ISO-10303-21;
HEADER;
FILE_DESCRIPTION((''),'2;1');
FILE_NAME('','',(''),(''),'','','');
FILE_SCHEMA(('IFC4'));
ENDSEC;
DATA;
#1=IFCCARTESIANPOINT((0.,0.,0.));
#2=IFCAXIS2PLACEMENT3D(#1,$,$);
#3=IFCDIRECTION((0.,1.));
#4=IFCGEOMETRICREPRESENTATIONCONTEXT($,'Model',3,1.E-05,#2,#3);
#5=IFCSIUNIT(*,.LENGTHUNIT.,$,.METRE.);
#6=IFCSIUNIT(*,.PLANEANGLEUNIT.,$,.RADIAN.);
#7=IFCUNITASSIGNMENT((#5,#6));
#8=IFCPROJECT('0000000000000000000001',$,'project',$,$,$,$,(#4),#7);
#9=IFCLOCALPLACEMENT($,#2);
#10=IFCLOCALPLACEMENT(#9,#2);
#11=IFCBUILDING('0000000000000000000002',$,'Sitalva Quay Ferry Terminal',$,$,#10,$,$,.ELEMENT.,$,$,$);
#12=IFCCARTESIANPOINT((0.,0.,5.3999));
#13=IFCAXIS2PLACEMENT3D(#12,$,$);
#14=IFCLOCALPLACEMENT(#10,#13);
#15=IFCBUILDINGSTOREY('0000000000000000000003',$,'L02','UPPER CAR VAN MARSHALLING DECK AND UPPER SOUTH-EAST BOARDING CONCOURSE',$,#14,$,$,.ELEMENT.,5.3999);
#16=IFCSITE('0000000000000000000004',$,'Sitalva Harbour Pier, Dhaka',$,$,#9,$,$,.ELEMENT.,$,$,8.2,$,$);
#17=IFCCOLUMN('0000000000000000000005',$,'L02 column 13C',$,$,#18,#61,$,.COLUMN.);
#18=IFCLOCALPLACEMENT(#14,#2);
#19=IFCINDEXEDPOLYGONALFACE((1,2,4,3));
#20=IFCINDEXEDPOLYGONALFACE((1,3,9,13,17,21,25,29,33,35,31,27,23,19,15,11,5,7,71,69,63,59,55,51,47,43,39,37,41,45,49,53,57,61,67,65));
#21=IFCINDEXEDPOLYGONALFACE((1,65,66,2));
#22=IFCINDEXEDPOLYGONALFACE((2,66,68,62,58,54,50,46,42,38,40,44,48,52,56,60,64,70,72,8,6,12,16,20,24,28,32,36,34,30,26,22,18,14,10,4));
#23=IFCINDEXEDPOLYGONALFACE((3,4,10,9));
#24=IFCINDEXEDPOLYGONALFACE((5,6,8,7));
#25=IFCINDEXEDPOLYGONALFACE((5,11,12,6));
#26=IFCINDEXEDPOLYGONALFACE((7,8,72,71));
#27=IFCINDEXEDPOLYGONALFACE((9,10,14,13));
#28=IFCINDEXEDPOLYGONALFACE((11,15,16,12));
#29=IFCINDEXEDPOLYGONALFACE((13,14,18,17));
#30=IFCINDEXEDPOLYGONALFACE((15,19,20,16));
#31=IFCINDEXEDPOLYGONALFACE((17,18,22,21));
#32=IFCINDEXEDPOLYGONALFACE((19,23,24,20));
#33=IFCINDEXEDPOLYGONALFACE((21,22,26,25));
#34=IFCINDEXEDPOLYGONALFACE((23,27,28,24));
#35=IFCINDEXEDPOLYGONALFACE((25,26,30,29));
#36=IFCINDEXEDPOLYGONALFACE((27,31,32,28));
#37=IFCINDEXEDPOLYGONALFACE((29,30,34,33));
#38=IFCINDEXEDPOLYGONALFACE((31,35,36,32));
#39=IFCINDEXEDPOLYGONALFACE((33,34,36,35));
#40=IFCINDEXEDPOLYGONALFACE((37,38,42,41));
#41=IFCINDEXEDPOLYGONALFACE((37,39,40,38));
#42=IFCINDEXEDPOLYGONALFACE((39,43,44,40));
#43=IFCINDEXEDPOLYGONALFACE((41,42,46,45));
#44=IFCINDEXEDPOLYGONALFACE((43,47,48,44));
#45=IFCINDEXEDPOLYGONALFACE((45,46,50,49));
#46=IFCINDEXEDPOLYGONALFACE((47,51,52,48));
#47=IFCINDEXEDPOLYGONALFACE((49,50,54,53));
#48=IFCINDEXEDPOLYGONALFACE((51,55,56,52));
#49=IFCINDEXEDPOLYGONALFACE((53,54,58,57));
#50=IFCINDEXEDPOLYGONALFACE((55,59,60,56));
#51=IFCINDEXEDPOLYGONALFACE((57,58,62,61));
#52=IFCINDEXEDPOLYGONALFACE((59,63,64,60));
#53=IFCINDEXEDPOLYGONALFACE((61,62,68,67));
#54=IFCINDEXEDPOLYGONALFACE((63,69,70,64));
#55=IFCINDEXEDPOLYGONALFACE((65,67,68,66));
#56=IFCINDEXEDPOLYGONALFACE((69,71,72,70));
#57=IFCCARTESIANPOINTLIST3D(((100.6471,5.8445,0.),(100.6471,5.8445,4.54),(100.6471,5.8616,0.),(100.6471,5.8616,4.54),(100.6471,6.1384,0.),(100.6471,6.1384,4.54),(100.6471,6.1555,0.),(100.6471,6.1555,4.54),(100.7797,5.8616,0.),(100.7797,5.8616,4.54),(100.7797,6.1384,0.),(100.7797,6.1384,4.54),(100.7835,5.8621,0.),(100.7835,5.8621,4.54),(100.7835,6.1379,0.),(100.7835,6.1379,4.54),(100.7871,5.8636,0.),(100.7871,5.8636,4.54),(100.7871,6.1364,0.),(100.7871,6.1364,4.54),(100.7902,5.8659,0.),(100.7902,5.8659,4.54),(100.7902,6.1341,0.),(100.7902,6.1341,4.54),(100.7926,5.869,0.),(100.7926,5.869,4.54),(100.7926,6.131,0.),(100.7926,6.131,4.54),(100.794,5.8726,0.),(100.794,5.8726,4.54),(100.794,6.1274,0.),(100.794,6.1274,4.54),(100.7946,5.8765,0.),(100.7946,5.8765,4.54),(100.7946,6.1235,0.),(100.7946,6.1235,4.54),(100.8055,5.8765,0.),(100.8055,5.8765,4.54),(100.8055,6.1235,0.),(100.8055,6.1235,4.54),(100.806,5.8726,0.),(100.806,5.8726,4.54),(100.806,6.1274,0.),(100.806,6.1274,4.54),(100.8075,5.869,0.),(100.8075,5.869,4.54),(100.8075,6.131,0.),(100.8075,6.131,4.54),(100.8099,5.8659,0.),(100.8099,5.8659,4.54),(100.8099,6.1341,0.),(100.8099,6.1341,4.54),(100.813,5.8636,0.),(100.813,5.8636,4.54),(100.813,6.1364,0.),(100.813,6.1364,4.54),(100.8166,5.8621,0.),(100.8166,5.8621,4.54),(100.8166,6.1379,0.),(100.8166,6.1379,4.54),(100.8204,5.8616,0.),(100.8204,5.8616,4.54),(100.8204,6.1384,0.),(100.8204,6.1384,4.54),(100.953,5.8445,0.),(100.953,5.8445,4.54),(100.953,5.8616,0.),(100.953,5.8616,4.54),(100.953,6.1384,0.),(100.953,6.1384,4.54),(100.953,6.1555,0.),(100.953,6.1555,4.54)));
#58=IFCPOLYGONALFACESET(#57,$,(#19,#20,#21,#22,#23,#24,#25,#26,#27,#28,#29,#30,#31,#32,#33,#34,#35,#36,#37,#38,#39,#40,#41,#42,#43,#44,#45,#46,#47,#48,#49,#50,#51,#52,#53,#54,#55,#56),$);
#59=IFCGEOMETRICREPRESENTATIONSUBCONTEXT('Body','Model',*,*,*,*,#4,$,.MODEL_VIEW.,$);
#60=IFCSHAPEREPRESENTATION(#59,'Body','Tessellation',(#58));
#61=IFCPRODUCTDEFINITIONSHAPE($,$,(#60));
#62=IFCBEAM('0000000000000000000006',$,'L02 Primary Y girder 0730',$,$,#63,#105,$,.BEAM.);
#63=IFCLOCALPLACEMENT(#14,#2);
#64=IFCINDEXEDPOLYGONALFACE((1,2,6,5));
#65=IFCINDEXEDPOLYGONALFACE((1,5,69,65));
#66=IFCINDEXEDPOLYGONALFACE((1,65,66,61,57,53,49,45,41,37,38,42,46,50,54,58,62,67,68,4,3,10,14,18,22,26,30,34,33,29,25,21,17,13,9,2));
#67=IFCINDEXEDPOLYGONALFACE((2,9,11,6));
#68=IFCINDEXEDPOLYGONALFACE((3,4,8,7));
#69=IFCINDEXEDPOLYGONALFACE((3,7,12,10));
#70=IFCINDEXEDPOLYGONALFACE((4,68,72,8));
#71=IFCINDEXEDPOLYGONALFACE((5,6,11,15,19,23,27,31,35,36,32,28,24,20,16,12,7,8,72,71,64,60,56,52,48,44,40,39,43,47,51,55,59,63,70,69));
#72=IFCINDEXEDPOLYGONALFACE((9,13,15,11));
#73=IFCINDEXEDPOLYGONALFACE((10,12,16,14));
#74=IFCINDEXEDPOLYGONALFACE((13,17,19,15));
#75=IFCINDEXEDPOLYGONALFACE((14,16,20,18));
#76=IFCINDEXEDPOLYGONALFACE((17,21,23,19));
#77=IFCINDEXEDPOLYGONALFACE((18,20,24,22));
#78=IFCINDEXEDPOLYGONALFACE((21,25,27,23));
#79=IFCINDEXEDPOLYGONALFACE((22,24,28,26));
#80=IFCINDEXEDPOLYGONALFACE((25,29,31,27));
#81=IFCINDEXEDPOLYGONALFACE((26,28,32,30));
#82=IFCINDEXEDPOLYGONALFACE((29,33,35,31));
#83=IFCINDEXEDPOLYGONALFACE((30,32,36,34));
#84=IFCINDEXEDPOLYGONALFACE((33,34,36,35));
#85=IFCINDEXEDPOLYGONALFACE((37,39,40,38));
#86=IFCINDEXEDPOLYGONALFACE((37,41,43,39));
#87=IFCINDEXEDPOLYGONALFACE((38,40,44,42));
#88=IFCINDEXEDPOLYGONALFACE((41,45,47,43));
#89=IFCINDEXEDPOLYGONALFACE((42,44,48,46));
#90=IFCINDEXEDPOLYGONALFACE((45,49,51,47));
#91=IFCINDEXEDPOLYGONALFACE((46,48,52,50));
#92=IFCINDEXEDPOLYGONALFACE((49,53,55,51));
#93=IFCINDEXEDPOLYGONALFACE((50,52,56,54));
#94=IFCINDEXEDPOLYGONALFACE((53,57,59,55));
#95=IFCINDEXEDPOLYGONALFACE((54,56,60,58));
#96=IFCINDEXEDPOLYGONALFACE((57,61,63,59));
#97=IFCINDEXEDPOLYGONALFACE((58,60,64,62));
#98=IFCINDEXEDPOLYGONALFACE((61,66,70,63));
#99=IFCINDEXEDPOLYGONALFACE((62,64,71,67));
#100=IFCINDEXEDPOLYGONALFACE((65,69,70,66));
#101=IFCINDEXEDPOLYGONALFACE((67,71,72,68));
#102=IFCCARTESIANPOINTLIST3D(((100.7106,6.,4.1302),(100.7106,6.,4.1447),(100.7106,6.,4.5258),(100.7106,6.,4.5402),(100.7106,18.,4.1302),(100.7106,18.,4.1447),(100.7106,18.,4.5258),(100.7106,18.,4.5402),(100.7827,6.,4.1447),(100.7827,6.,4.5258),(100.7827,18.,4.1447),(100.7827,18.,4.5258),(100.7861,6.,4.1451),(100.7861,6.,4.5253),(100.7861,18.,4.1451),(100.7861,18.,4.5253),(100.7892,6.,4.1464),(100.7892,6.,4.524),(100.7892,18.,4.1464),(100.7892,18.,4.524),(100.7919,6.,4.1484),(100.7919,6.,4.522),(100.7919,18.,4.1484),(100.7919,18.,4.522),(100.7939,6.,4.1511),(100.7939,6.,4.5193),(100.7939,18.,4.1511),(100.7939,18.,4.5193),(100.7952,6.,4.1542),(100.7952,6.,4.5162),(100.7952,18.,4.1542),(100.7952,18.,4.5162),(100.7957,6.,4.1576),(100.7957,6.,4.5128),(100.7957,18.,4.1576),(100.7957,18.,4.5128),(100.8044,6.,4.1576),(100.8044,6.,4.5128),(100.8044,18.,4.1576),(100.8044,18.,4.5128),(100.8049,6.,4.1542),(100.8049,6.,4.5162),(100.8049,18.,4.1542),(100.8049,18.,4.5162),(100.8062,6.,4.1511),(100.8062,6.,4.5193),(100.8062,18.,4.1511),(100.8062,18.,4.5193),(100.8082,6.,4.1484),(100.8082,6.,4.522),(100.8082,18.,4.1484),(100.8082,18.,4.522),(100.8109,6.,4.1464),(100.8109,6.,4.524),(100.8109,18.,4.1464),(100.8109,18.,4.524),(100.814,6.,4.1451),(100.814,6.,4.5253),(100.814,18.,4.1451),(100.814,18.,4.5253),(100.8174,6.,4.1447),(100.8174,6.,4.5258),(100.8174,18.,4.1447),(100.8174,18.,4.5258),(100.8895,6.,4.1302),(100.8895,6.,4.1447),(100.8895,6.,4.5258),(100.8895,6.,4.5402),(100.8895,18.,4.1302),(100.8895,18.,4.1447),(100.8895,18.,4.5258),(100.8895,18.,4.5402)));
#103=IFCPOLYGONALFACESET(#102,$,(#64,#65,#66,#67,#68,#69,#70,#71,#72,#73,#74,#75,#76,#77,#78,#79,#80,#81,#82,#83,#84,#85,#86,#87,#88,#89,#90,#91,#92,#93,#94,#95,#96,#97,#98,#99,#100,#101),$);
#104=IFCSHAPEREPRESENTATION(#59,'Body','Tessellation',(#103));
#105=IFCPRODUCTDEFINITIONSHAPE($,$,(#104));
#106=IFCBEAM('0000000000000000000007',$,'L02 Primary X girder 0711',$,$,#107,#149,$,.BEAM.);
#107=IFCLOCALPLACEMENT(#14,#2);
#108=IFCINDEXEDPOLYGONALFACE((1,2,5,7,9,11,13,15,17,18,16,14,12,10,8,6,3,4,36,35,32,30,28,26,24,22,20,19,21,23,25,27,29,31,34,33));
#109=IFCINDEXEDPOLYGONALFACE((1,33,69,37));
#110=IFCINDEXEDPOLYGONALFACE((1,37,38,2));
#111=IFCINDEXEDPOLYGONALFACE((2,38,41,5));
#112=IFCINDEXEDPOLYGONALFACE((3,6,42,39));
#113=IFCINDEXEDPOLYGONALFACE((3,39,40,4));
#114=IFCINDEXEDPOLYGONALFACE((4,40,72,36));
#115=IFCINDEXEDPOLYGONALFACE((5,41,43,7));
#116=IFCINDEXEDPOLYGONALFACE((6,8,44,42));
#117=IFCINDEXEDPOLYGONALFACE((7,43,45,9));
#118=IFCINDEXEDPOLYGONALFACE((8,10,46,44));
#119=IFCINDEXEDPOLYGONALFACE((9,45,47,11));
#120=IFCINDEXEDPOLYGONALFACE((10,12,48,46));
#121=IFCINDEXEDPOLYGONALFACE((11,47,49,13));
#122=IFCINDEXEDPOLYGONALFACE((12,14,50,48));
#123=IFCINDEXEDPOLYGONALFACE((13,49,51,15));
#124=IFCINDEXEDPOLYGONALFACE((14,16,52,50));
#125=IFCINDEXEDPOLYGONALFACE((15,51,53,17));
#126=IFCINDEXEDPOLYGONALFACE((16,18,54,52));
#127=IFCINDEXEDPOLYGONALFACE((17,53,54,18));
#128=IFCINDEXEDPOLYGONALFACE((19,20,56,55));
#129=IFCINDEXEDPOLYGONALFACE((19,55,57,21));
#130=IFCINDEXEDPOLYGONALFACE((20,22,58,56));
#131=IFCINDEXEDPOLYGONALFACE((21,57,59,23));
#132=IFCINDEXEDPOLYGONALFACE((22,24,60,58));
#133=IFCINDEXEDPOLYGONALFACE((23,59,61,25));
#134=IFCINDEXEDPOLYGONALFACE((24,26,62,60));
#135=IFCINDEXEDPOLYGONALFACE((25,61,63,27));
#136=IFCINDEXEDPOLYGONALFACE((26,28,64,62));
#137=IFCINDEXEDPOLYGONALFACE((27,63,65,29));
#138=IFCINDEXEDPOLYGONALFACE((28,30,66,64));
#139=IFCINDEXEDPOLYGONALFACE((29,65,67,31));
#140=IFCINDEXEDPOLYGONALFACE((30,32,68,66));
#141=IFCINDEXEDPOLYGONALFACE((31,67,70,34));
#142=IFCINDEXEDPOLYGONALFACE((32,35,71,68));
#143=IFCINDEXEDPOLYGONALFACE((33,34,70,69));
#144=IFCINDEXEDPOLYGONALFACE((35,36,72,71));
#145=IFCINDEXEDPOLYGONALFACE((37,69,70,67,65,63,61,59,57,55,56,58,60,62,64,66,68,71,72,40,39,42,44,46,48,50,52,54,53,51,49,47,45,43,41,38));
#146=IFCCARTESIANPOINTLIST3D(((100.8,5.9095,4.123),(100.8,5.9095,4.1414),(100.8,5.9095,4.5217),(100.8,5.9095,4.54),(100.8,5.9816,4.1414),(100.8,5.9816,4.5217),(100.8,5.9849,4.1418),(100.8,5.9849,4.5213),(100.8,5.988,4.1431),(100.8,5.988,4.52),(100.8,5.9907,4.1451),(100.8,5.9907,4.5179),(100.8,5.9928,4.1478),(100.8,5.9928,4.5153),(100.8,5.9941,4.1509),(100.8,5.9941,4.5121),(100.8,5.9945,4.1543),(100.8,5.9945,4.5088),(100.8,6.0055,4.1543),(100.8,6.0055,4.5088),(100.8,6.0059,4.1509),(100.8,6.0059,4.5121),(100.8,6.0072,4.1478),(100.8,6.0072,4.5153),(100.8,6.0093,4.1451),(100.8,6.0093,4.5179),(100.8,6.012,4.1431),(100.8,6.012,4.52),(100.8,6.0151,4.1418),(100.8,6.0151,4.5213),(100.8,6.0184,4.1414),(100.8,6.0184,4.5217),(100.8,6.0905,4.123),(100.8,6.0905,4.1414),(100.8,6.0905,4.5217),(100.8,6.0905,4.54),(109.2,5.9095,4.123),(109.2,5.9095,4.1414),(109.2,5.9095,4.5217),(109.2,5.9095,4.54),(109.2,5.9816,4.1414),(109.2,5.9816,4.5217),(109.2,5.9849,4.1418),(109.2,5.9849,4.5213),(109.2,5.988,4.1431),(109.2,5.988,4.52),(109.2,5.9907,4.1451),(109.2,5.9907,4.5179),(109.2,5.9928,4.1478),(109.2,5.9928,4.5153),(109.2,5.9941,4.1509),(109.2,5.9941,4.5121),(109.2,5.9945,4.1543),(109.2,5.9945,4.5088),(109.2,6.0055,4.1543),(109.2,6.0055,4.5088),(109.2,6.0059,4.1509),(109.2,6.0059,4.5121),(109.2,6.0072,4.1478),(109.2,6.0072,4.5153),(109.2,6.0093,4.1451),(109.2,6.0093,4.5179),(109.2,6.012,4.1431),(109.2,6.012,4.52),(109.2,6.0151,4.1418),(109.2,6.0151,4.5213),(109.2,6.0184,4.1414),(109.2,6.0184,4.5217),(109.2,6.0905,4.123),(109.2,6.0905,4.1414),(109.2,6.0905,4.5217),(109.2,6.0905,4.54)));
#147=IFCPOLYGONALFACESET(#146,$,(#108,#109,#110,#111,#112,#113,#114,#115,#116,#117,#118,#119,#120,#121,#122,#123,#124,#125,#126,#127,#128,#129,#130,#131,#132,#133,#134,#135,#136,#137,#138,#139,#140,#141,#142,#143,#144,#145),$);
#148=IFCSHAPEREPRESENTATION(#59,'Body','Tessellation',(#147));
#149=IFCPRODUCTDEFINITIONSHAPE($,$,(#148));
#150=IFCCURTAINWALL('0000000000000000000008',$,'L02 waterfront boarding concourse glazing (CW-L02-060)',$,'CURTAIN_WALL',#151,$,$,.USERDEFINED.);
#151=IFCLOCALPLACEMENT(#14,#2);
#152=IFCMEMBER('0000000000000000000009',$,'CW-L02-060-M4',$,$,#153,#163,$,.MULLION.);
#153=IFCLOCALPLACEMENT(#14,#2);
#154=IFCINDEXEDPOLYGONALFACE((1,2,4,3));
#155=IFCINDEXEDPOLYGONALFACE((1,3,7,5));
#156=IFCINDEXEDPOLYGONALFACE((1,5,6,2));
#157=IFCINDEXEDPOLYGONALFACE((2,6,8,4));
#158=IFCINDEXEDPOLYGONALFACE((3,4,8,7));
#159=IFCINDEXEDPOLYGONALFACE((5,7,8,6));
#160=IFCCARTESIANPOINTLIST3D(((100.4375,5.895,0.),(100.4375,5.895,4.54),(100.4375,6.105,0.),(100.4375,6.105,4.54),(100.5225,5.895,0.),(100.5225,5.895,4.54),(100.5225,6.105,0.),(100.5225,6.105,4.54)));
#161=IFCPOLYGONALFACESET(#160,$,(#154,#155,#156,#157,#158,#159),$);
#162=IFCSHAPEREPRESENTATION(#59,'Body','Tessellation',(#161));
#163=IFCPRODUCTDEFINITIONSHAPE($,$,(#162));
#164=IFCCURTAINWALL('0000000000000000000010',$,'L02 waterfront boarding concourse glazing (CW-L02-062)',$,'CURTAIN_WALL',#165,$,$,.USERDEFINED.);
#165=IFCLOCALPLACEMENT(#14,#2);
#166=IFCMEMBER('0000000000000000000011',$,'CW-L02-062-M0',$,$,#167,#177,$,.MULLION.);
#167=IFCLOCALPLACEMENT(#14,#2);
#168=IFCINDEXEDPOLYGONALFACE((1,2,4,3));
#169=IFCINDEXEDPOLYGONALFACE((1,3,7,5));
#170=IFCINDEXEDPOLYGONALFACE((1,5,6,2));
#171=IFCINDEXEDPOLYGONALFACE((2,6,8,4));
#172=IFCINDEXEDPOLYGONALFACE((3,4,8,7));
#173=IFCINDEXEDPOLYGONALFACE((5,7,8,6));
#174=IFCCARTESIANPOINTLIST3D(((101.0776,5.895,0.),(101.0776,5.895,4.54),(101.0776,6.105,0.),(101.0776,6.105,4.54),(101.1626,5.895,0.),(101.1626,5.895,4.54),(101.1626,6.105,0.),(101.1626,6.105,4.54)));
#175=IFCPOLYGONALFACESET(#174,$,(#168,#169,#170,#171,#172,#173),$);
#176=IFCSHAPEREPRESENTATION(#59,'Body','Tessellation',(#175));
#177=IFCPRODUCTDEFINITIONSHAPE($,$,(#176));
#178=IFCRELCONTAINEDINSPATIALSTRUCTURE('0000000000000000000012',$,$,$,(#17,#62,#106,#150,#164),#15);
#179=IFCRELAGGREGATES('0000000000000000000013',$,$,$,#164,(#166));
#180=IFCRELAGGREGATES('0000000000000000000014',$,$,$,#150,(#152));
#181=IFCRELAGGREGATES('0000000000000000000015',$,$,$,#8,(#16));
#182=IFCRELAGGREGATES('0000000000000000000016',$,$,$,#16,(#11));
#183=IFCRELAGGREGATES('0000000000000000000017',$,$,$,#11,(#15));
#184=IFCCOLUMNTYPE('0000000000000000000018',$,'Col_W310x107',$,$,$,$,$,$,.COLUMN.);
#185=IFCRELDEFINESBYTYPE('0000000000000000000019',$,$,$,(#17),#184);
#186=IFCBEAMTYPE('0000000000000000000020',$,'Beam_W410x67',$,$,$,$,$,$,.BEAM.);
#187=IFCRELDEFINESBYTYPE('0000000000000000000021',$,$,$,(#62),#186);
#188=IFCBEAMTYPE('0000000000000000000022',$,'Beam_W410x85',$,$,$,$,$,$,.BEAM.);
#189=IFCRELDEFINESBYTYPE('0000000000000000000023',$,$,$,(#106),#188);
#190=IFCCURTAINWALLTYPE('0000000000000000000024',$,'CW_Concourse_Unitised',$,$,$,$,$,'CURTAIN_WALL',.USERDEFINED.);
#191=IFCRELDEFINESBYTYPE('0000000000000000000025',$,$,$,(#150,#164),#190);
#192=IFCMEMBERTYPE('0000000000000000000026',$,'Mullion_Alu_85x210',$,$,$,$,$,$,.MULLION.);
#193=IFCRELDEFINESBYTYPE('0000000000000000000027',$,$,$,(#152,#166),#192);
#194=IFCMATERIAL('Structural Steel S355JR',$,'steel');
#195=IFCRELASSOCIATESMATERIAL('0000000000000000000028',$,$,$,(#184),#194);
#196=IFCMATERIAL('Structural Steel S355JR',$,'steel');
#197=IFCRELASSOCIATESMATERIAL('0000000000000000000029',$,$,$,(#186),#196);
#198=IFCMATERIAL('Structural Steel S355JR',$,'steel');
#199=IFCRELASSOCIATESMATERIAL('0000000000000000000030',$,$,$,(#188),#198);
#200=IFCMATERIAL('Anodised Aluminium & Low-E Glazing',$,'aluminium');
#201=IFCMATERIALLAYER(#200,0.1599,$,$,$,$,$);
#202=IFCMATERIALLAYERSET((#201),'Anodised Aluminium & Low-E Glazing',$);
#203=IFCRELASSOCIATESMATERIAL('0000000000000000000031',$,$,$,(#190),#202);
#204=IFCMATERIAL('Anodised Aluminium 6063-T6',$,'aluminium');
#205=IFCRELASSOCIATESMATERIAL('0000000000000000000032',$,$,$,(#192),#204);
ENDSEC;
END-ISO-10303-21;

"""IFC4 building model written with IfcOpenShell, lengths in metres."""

from ifc_helpers import new_model, si_unit, direction, frame, origin, origin_2d, place, context, subcontext, project, spatial, rectangle, i_section, extrude, material, layer, layer_set, material_profile, profile_set, type_object, element, aggregate, save


model = new_model("IFC4")

# Units and contexts
model_context = context("Model", 3, precision=1e-05, world=origin(), true_north=direction((0.0, 1.0)))
body_context = subcontext(model_context, "Body", "Model", "MODEL_VIEW")
ifc_project = project(units=[si_unit("LENGTHUNIT", "METRE"), si_unit("PLANEANGLEUNIT", "RADIAN")], contexts=[model_context])

# Site, building, storey
site_placement = place(None, origin())
site = spatial("IfcSite", under=ifc_project, at=site_placement, Name="Sitalva Harbour Pier, Dhaka", CompositionType="ELEMENT", RefElevation=8.2)
building_placement = place(site_placement, origin())
building = spatial("IfcBuilding", under=site, at=building_placement, Name="Sitalva Quay Ferry Terminal", CompositionType="ELEMENT")
storey_placement = place(building_placement, frame((0.0, 0.0, 5.3999)))
storey = spatial("IfcBuildingStorey", under=building, at=storey_placement, Name="L02", Description="UPPER CAR VAN MARSHALLING DECK AND UPPER SOUTH-EAST BOARDING CONCOURSE", CompositionType="ELEMENT", Elevation=5.3999)

# Column
ifc_material_1 = material(Name="Structural Steel S355JR", Category="steel")
ifc_material_profile_1 = material_profile(ifc_material_1, i_section(OverallWidth=0.3059, OverallDepth=0.311, WebThickness=0.011, FlangeThickness=0.0171, FilletRadius=0.0149, at=origin_2d()), Name="W310x107")
ifc_profile_set_1 = profile_set([ifc_material_profile_1], Name="Structural Steel S355JR")
column_type = type_object("IfcColumnType", Name="Col_W310x107", PredefinedType="COLUMN", material=ifc_profile_set_1)
column_placement = place(storey_placement, frame((100.8, 6.0, 0.0), z_axis=(0.0, 0.0, 1.0), x_axis=(1.0, 0.0, 0.0)))
element("IfcColumn", 1, at=column_placement, inside=storey, type_object=column_type, Name="L02 column 13C", PredefinedType="COLUMN", context=body_context, shape_type="SweptSolid", body=[
    extrude(i_section(OverallWidth=0.3059, OverallDepth=0.311, WebThickness=0.011, FlangeThickness=0.0171, FilletRadius=0.0149, at=origin_2d()), origin(), (0.0, 0.0, 1.0), 4.54),
])

# Beams
ifc_material_2 = material(Name="Structural Steel S355JR", Category="steel")
ifc_material_profile_2 = material_profile(ifc_material_2, i_section(OverallWidth=0.179, OverallDepth=0.4099, WebThickness=0.0088, FlangeThickness=0.0144, FilletRadius=0.0129, at=origin_2d()), Name="W410x67")
ifc_profile_set_2 = profile_set([ifc_material_profile_2], Name="Structural Steel S355JR")
beam_type_1 = type_object("IfcBeamType", Name="Beam_W410x67", PredefinedType="BEAM", material=ifc_profile_set_2)
beam_1_placement = place(storey_placement, frame((100.8, 6.0, 4.3352), z_axis=(0.0, 1.0, 0.0), x_axis=(-1.0, 0.0, 0.0)))
element("IfcBeam", 2, at=beam_1_placement, inside=storey, type_object=beam_type_1, Name="L02 Primary Y girder 0730", PredefinedType="BEAM", context=body_context, shape_type="SweptSolid", body=[
    extrude(i_section(OverallWidth=0.179, OverallDepth=0.4099, WebThickness=0.0088, FlangeThickness=0.0144, FilletRadius=0.0129, at=origin_2d()), origin(), (0.0, 0.0, 1.0), 12.0),
])
ifc_material_3 = material(Name="Structural Steel S355JR", Category="steel")
ifc_material_profile_3 = material_profile(ifc_material_3, i_section(OverallWidth=0.1809, OverallDepth=0.417, WebThickness=0.011, FlangeThickness=0.0183, FilletRadius=0.0129, at=origin_2d()), Name="W410x85")
ifc_profile_set_3 = profile_set([ifc_material_profile_3], Name="Structural Steel S355JR")
beam_type_2 = type_object("IfcBeamType", Name="Beam_W410x85", PredefinedType="BEAM", material=ifc_profile_set_3)
beam_2_placement = place(storey_placement, frame((100.8, 6.0, 4.3315), z_axis=(1.0, 0.0, 0.0), x_axis=(0.0, 1.0, 0.0)))
element("IfcBeam", 3, at=beam_2_placement, inside=storey, type_object=beam_type_2, Name="L02 Primary X girder 0711", PredefinedType="BEAM", context=body_context, shape_type="SweptSolid", body=[
    extrude(i_section(OverallWidth=0.1809, OverallDepth=0.417, WebThickness=0.011, FlangeThickness=0.0183, FilletRadius=0.0129, at=origin_2d()), origin(), (0.0, 0.0, 1.0), 8.3999),
])

# Curtain walls, members
ifc_material_4 = material(Name="Anodised Aluminium & Low-E Glazing", Category="aluminium")
ifc_layer_1 = layer(ifc_material_4, 0.1599)
ifc_layer_set_1 = layer_set([ifc_layer_1], Name="Anodised Aluminium & Low-E Glazing")
curtain_wall_type = type_object("IfcCurtainWallType", Name="CW_Concourse_Unitised", ElementType="CURTAIN_WALL", PredefinedType="USERDEFINED", material=ifc_layer_set_1)
curtain_wall_1_placement = place(storey_placement, origin())
curtain_wall_1 = element("IfcCurtainWall", 4, at=curtain_wall_1_placement, inside=storey, type_object=curtain_wall_type, Name="L02 waterfront boarding concourse glazing (CW-L02-060)", ObjectType="CURTAIN_WALL", PredefinedType="USERDEFINED")
ifc_material_5 = material(Name="Anodised Aluminium 6063-T6", Category="aluminium")
ifc_material_profile_4 = material_profile(ifc_material_5, rectangle(XDim=0.085, YDim=0.21, at=origin_2d()), Name="ALU85x210")
ifc_profile_set_4 = profile_set([ifc_material_profile_4], Name="Anodised Aluminium 6063-T6")
member_type_1 = type_object("IfcMemberType", Name="Mullion_Alu_85x210", PredefinedType="MULLION", material=ifc_profile_set_4)
member_1_placement = place(storey_placement, frame((100.48, 6.0, 0.0), z_axis=(0.0, 0.0, 1.0), x_axis=(1.0, 0.0, 0.0)))
member_1 = element("IfcMember", 5, at=member_1_placement, type_object=member_type_1, Name="CW-L02-060-M4", PredefinedType="MULLION", context=body_context, shape_type="SweptSolid", body=[
    extrude(rectangle(XDim=0.085, YDim=0.21, at=origin_2d()), origin(), (0.0, 0.0, 1.0), 4.54),
])
curtain_wall_2_placement = place(storey_placement, origin())
curtain_wall_2 = element("IfcCurtainWall", 6, at=curtain_wall_2_placement, inside=storey, type_object=curtain_wall_type, Name="L02 waterfront boarding concourse glazing (CW-L02-062)", ObjectType="CURTAIN_WALL", PredefinedType="USERDEFINED")
member_2_placement = place(storey_placement, frame((101.1201, 6.0, 0.0), z_axis=(0.0, 0.0, 1.0), x_axis=(1.0, 0.0, 0.0)))
member_2 = element("IfcMember", 7, at=member_2_placement, type_object=member_type_1, Name="CW-L02-062-M0", PredefinedType="MULLION", context=body_context, shape_type="SweptSolid", body=[
    extrude(rectangle(XDim=0.085, YDim=0.21, at=origin_2d()), origin(), (0.0, 0.0, 1.0), 4.54),
])

aggregate(curtain_wall_2, [member_2])
aggregate(curtain_wall_1, [member_1])

save(model, "model.ifc")
